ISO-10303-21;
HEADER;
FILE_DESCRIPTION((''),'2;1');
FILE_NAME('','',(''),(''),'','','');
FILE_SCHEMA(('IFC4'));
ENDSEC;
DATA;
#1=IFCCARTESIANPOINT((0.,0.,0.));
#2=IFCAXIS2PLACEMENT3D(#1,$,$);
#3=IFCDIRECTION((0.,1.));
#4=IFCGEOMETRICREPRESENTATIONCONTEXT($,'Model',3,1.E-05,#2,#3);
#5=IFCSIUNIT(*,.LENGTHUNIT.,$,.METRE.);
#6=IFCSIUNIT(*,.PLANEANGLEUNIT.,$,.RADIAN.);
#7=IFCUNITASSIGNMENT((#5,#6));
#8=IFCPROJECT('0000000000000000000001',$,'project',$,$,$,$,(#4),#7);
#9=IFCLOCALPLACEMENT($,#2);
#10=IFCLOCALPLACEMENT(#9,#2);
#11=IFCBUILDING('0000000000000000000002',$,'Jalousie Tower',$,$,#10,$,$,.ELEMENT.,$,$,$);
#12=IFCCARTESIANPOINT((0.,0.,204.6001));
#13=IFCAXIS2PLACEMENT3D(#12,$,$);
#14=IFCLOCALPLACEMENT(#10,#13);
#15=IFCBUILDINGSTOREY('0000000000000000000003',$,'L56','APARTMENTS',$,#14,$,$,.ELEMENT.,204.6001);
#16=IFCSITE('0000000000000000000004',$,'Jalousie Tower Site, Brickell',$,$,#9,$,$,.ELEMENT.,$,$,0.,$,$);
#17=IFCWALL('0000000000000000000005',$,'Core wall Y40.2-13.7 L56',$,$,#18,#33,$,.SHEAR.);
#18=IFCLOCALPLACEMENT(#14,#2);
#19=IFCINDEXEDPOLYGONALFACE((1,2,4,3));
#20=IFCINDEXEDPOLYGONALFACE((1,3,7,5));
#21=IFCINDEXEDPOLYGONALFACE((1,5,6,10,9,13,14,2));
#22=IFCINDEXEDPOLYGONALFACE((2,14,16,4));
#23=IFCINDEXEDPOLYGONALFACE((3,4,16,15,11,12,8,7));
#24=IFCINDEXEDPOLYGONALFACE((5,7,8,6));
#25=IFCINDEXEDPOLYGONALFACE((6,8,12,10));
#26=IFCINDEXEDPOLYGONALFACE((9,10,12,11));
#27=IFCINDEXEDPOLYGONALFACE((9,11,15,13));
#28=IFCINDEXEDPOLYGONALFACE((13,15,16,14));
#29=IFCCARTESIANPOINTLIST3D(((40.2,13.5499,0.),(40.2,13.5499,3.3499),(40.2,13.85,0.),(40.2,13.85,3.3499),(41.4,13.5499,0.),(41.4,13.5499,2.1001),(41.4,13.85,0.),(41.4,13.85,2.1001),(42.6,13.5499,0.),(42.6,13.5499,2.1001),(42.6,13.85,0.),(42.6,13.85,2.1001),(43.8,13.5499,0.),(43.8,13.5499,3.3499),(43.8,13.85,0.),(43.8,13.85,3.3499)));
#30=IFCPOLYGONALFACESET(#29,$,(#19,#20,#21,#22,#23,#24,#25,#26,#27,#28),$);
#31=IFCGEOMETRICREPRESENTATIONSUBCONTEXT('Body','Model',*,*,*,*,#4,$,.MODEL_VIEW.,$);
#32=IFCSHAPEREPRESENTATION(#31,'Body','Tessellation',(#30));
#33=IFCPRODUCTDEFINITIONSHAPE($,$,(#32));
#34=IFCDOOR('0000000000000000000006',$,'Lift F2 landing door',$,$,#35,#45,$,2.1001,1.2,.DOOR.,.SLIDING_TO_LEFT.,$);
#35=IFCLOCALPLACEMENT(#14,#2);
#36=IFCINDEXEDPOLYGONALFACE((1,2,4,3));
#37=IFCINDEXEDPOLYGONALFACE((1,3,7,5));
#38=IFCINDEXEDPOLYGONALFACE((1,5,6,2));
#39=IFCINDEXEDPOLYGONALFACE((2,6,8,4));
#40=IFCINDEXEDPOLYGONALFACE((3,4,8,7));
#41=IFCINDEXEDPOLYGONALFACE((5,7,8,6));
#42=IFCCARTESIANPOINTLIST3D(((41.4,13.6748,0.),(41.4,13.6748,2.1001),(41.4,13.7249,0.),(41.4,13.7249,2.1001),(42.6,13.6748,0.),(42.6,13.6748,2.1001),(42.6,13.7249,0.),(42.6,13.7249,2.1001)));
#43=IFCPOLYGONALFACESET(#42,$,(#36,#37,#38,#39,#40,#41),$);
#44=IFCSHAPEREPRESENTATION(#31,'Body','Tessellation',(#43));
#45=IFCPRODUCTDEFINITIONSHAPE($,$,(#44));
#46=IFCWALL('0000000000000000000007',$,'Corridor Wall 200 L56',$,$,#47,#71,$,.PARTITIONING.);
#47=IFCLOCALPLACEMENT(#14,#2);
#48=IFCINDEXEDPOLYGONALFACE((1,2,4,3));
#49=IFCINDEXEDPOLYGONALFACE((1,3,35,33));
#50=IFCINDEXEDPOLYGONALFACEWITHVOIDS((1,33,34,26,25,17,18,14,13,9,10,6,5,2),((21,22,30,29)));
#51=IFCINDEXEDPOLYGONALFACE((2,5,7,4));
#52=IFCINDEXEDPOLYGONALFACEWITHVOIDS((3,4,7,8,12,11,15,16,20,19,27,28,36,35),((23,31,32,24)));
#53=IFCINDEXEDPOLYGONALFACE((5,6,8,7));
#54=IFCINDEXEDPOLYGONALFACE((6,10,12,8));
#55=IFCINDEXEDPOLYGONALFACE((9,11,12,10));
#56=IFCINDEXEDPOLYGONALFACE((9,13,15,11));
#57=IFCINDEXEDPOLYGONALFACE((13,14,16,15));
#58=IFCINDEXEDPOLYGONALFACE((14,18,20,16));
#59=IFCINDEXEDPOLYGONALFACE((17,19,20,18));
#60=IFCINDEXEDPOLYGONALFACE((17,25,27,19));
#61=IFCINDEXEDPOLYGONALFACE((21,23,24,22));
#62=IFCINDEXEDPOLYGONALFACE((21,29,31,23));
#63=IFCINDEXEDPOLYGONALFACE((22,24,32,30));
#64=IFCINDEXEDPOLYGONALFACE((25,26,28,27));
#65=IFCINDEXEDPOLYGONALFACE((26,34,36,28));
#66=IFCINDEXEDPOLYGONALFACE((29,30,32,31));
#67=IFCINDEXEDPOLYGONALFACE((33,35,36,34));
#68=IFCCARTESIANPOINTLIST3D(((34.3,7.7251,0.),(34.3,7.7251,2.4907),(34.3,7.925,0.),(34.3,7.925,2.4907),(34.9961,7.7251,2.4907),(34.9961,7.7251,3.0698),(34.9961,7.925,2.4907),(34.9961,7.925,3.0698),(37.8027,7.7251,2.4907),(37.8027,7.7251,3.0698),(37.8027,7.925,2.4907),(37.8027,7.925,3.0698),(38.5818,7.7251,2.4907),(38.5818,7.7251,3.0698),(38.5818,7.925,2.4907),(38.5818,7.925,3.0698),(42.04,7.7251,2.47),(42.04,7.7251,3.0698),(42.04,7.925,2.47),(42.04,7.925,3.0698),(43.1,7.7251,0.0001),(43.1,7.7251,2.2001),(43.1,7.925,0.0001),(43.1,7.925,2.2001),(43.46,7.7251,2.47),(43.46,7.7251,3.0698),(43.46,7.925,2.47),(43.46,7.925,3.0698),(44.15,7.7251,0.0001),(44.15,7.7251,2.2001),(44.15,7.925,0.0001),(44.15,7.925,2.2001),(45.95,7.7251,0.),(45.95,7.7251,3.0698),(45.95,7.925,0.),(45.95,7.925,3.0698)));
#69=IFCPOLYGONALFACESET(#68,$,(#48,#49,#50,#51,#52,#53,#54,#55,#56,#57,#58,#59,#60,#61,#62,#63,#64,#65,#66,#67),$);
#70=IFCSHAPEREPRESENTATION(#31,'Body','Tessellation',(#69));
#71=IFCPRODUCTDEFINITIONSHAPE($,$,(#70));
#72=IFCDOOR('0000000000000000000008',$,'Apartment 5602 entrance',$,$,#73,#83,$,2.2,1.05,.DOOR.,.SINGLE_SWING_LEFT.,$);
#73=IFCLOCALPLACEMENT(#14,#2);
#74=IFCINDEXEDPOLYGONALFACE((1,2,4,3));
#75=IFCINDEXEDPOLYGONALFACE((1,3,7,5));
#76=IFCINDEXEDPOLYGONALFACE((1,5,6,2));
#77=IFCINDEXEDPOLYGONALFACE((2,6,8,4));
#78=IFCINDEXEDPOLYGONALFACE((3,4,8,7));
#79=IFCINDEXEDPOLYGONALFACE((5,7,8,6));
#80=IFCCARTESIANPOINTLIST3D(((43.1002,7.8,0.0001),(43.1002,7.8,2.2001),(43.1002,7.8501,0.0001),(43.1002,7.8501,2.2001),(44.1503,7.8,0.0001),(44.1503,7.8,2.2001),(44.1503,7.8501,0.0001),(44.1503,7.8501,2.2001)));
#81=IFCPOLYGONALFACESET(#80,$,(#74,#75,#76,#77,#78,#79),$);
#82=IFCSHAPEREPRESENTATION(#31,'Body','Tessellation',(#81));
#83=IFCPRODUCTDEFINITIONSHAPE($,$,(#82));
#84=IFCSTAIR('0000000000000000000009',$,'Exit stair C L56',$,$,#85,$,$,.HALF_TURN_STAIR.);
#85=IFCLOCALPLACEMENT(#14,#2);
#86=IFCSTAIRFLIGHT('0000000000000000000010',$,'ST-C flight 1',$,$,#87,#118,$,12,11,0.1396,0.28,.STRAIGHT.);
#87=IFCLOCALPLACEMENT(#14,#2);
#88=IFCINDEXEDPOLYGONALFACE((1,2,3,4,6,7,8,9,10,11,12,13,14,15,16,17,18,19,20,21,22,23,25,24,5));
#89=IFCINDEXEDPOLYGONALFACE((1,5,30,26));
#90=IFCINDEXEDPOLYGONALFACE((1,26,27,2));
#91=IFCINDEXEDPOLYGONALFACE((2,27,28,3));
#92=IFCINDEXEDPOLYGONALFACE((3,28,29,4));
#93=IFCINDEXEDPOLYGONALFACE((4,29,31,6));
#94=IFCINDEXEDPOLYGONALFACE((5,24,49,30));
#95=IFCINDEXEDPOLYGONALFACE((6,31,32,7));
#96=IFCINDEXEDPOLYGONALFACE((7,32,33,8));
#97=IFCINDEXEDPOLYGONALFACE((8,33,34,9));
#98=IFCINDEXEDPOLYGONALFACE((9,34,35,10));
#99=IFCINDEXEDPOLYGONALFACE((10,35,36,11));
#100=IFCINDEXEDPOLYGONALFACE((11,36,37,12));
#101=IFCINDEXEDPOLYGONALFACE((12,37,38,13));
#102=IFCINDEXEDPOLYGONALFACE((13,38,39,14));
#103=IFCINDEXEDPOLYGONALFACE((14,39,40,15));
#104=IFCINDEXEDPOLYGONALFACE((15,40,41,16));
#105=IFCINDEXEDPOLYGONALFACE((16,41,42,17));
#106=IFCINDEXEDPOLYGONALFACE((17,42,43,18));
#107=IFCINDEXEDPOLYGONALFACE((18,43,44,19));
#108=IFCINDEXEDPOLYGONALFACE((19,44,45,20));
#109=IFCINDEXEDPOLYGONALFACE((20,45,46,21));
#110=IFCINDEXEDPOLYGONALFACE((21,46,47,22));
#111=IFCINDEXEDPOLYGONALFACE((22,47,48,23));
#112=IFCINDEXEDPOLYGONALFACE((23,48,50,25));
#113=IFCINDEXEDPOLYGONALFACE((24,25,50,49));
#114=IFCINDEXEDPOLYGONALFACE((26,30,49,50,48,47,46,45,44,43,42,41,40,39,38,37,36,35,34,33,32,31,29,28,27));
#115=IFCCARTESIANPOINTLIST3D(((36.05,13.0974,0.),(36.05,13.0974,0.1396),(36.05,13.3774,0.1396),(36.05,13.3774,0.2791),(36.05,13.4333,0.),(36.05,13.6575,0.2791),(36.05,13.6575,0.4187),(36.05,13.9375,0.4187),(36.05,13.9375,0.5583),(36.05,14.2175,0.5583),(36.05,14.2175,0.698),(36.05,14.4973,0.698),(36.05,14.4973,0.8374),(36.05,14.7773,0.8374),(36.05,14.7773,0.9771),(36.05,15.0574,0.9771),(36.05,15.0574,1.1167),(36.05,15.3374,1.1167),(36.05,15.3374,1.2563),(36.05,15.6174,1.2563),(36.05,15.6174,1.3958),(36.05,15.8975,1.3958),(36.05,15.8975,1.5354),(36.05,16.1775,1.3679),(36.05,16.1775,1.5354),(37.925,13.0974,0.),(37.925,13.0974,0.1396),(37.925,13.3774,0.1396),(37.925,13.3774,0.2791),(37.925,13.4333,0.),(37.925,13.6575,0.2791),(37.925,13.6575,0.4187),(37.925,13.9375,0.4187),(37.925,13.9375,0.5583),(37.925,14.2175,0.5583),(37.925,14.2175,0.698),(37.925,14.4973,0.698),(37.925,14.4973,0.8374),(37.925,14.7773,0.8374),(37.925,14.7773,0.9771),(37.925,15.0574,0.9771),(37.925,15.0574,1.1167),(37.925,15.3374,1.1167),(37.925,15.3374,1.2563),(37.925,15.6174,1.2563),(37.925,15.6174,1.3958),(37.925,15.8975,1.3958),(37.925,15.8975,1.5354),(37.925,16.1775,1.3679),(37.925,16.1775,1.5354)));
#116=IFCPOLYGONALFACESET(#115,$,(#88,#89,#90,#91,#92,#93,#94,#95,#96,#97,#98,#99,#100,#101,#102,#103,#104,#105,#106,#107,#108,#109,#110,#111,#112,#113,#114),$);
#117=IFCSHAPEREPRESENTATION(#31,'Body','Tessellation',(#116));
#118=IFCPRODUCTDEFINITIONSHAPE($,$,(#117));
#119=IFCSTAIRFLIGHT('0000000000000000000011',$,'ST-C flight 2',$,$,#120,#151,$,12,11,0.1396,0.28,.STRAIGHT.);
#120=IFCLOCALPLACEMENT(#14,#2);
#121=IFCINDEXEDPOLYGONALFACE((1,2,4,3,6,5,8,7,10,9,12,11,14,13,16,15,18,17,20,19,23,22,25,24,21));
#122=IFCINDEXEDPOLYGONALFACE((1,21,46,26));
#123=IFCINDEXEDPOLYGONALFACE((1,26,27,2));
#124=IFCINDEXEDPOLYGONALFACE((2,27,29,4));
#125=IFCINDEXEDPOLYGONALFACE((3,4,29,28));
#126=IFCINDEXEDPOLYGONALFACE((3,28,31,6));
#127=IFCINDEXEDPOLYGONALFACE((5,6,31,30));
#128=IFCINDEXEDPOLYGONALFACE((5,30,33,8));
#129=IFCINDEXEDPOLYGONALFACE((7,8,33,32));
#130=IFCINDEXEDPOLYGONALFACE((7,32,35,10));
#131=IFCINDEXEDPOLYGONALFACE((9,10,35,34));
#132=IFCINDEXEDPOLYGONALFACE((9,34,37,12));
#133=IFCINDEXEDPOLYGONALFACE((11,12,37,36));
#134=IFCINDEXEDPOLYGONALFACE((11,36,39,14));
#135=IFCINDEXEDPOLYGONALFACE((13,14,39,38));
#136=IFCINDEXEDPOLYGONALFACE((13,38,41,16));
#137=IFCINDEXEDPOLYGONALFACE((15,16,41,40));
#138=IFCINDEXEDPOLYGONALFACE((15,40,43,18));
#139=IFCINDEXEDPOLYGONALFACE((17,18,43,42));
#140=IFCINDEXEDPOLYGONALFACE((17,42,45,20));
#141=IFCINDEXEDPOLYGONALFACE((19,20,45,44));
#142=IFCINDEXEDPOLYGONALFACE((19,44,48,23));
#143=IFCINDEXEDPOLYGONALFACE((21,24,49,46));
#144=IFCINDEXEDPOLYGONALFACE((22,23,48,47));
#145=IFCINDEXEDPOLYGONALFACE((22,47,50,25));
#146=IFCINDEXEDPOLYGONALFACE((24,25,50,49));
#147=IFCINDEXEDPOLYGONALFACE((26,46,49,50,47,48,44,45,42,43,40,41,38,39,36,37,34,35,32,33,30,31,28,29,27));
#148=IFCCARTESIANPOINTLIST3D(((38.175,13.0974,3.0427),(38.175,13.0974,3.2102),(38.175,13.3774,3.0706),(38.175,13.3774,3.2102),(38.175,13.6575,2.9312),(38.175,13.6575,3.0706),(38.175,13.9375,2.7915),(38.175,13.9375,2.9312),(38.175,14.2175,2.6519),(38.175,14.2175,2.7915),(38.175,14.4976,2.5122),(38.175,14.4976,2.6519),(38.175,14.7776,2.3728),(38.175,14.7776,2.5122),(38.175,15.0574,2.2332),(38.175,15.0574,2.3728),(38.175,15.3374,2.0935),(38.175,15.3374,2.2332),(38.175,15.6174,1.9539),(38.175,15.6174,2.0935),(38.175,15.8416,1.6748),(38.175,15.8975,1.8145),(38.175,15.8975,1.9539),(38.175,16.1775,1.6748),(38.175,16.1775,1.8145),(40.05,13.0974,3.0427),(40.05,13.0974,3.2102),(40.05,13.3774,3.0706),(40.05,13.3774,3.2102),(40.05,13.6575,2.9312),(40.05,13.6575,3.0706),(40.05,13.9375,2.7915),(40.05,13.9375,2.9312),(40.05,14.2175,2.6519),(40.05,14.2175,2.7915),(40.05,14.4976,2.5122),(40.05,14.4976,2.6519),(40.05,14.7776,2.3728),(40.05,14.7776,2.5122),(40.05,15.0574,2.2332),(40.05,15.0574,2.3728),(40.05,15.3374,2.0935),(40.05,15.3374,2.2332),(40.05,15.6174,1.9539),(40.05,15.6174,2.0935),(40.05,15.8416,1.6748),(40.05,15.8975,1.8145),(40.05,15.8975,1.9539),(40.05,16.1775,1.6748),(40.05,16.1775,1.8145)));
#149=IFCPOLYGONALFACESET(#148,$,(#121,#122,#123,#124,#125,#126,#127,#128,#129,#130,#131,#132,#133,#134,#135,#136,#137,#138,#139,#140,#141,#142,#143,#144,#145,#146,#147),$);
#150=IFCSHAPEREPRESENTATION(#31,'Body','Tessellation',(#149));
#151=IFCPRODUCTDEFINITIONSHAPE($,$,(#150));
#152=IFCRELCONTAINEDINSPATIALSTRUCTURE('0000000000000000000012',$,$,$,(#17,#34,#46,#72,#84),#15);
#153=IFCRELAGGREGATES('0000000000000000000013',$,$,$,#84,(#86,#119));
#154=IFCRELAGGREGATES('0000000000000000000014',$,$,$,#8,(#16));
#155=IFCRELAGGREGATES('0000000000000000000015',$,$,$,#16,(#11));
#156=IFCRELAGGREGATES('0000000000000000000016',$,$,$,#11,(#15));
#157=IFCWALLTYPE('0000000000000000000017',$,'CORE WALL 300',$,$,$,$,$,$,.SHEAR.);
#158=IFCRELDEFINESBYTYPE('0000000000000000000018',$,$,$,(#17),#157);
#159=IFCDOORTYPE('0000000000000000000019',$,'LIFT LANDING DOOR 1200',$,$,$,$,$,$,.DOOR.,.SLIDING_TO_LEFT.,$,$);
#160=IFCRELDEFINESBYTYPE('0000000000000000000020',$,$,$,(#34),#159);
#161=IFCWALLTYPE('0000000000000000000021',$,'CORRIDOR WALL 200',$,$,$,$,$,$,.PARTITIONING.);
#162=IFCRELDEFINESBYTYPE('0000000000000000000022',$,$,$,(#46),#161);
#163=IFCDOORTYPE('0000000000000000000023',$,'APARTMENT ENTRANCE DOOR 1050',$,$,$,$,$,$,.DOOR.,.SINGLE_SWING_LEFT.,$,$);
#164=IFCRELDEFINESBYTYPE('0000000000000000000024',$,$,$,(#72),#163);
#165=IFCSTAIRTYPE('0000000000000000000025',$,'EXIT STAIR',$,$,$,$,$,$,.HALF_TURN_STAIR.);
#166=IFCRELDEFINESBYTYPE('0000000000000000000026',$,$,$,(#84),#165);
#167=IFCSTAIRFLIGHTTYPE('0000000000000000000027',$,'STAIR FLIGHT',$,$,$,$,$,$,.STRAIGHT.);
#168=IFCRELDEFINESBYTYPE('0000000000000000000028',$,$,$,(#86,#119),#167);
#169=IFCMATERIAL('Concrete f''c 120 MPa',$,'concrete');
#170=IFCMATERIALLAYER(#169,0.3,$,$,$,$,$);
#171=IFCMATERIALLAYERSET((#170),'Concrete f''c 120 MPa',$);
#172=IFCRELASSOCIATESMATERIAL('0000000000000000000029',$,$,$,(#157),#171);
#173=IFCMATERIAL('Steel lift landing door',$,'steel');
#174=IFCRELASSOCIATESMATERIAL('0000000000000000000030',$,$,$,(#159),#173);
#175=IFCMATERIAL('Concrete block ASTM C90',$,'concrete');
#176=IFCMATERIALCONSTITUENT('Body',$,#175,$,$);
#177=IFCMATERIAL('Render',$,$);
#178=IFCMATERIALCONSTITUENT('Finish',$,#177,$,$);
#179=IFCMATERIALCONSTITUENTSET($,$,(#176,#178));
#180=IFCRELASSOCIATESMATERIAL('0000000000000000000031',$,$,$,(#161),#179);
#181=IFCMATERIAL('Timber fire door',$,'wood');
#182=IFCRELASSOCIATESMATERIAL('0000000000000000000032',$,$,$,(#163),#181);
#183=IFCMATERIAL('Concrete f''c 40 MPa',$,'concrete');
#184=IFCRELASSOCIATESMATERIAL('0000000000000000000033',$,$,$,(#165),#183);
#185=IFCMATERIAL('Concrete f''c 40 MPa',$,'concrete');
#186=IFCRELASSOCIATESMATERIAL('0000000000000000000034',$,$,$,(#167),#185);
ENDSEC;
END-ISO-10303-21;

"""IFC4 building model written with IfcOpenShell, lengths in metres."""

from ifc_helpers import new_model, si_unit, direction, frame, frame_2d, origin, place, context, subcontext, project, spatial, polyline, rectangle, outline, extrude, material, layer, layer_set, constituent, constituent_set, type_object, element, fill, aggregate, save


model = new_model("IFC4")

# Units and contexts
model_context = context("Model", 3, precision=1e-05, world=origin(), true_north=direction((0.0, 1.0)))
body_context = subcontext(model_context, "Body", "Model", "MODEL_VIEW")
ifc_project = project(units=[si_unit("LENGTHUNIT", "METRE"), si_unit("PLANEANGLEUNIT", "RADIAN")], contexts=[model_context])

# Site, building, storey
site_placement = place(None, origin())
site = spatial("IfcSite", under=ifc_project, at=site_placement, Name="Jalousie Tower Site, Brickell", CompositionType="ELEMENT", RefElevation=0.0)
building_placement = place(site_placement, origin())
building = spatial("IfcBuilding", under=site, at=building_placement, Name="Jalousie Tower", CompositionType="ELEMENT")
storey_placement = place(building_placement, frame((0.0, 0.0, 204.6001)))
storey = spatial("IfcBuildingStorey", under=building, at=storey_placement, Name="L56", Description="APARTMENTS", CompositionType="ELEMENT", Elevation=204.6001)

# Shared definitions
ifc_material_1 = material(Name="Concrete f'c 120 MPa", Category="concrete")
ifc_layer_1 = layer(ifc_material_1, 0.3)
ifc_layer_set_1 = layer_set([ifc_layer_1], Name="Concrete f'c 120 MPa")
wall_type_1 = type_object("IfcWallType", Name="CORE WALL 300", PredefinedType="SHEAR", material=ifc_layer_set_1)

# Walls, openings, doors
wall_1_placement = place(storey_placement, frame((40.2, 13.7, 0.0), z_axis=(0.0, 0.0, 1.0), x_axis=(1.0, 0.0, 0.0)))
wall_1 = element("IfcWall", 1, at=wall_1_placement, inside=storey, type_object=wall_type_1, Name="Core wall Y40.2-13.7 L56", PredefinedType="SHEAR", context=body_context, shape_type="SweptSolid", body=[
    extrude(rectangle(XDim=3.6001, YDim=0.3, at=frame_2d((1.8, 0.0))), origin(), (0.0, 0.0, 1.0), 3.3499),
])
opening_1_placement = place(wall_1_placement, frame((1.2, 0.0, 0.0)))
opening_1 = element("IfcOpeningElement", 2, at=opening_1_placement, cuts=wall_1, PredefinedType="OPENING", context=body_context, shape_type="SweptSolid", body=[
    extrude(rectangle(XDim=1.2, YDim=2.1001, at=frame_2d((0.6001, 1.05))), frame((0.0, 0.1599, 0.0), z_axis=(0.0, -1.0, 0.0), x_axis=(1.0, 0.0, 0.0)), (0.0, 0.0, 1.0), 0.3201),
])
ifc_material_2 = material(Name="Steel lift landing door", Category="steel")
door_type_1 = type_object("IfcDoorType", Name="LIFT LANDING DOOR 1200", OperationType="SLIDING_TO_LEFT", PredefinedType="DOOR", material=ifc_material_2)
door_1_placement = place(opening_1_placement, origin())
door_1 = element("IfcDoor", 3, at=door_1_placement, inside=storey, type_object=door_type_1, Name="Lift F2 landing door", OperationType="SLIDING_TO_LEFT", OverallHeight=2.1001, OverallWidth=1.2, PredefinedType="DOOR", context=body_context, shape_type="SweptSolid", body=[
    extrude(rectangle(XDim=1.2, YDim=2.1001, at=frame_2d((0.6001, 1.05))), frame((0.0, 0.0249, 0.0), z_axis=(0.0, -1.0, 0.0), x_axis=(1.0, 0.0, 0.0)), (0.0, 0.0, 1.0), 0.05),
])
fill(opening_1, door_1)
ifc_material_3 = material(Name="Concrete block ASTM C90", Category="concrete")
ifc_constituent_1 = constituent(ifc_material_3, Name="Body")
ifc_material_4 = material(Name="Render")
ifc_constituent_2 = constituent(ifc_material_4, Name="Finish")
ifc_constituent_set_1 = constituent_set(constituents=[ifc_constituent_1, ifc_constituent_2])
wall_type_2 = type_object("IfcWallType", Name="CORRIDOR WALL 200", PredefinedType="PARTITIONING", material=ifc_constituent_set_1)
wall_2_placement = place(storey_placement, frame((34.3, 7.825, 0.0), z_axis=(0.0, 0.0, 1.0), x_axis=(1.0, 0.0, 0.0)))
wall_2 = element("IfcWall", 4, at=wall_2_placement, inside=storey, type_object=wall_type_2, Name="Corridor Wall 200 L56", PredefinedType="PARTITIONING", context=body_context, shape_type="SweptSolid", body=[
    extrude(outline(polyline([(0.0, 0.0), (11.6499, 0.0), (11.6499, 3.0698), (9.1599, 3.0698), (9.1599, 2.47), (7.74, 2.47), (7.74, 3.0698), (4.2817, 3.0698), (4.2817, 2.4907), (3.5027, 2.4907), (3.5027, 3.0698), (0.696, 3.0698), (0.696, 2.4907), (0.0, 2.4907), (0.0, 0.0)])), frame((0.0, 0.1001, 0.0), z_axis=(0.0, -1.0, 0.0), x_axis=(1.0, 0.0, 0.0)), (0.0, 0.0, 1.0), 0.2),
])
opening_2_placement = place(wall_2_placement, frame((8.8, 0.0, 0.0)))
opening_2 = element("IfcOpeningElement", 5, at=opening_2_placement, cuts=wall_2, PredefinedType="OPENING", context=body_context, shape_type="SweptSolid", body=[
    extrude(rectangle(XDim=1.05, YDim=2.2, at=frame_2d((0.5249, 1.1001))), frame((0.0, 0.1099, 0.0), z_axis=(0.0, -1.0, 0.0), x_axis=(1.0, 0.0, 0.0)), (0.0, 0.0, 1.0), 0.22),
])
ifc_material_5 = material(Name="Timber fire door", Category="wood")
door_type_2 = type_object("IfcDoorType", Name="APARTMENT ENTRANCE DOOR 1050", OperationType="SINGLE_SWING_LEFT", PredefinedType="DOOR", material=ifc_material_5)
door_2_placement = place(opening_2_placement, frame((1.05, 0.0, 0.0), z_axis=(0.0, 0.0, 1.0), x_axis=(-1.0, 0.0, 0.0)))
door_2 = element("IfcDoor", 6, at=door_2_placement, inside=storey, type_object=door_type_2, Name="Apartment 5602 entrance", OperationType="SINGLE_SWING_LEFT", OverallHeight=2.2, OverallWidth=1.05, PredefinedType="DOOR", context=body_context, shape_type="SweptSolid", body=[
    extrude(rectangle(XDim=1.05, YDim=2.2, at=frame_2d((0.5249, 1.1001))), frame((0.0, 0.0249, 0.0), z_axis=(0.0, -1.0, 0.0), x_axis=(1.0, 0.0, 0.0)), (0.0, 0.0, 1.0), 0.05),
])
fill(opening_2, door_2)

# Stair, stair flights
ifc_material_6 = material(Name="Concrete f'c 40 MPa", Category="concrete")
stair_type = type_object("IfcStairType", Name="EXIT STAIR", PredefinedType="HALF_TURN_STAIR", material=ifc_material_6)
stair_placement = place(storey_placement, origin())
stair = element("IfcStair", 7, at=stair_placement, inside=storey, type_object=stair_type, Name="Exit stair C L56", PredefinedType="HALF_TURN_STAIR")
ifc_material_7 = material(Name="Concrete f'c 40 MPa", Category="concrete")
stair_flight_type = type_object("IfcStairFlightType", Name="STAIR FLIGHT", PredefinedType="STRAIGHT", material=ifc_material_7)
stair_flight_1_placement = place(storey_placement, frame((36.9875, 13.0974, 0.0), z_axis=(0.0, 0.0, 1.0), x_axis=(0.0, 1.0, 0.0)))
stair_flight_1 = element("IfcStairFlight", 8, at=stair_flight_1_placement, type_object=stair_flight_type, Name="ST-C flight 1", NumberOfRisers=12, NumberOfTreads=11, PredefinedType="STRAIGHT", RiserHeight=0.1396, TreadLength=0.28, context=body_context, shape_type="SweptSolid", body=[
    extrude(outline(polyline([(0.0, 0.0), (0.0, 0.1396), (0.28, 0.1396), (0.28, 0.2791), (0.5601, 0.2791), (0.5601, 0.4187), (0.8401, 0.4187), (0.8401, 0.5583), (1.1201, 0.5583), (1.1201, 0.698), (1.3999, 0.698), (1.3999, 0.8374), (1.6799, 0.8374), (1.6799, 0.9771), (1.96, 0.9771), (1.96, 1.1167), (2.24, 1.1167), (2.24, 1.2563), (2.52, 1.2563), (2.52, 1.3958), (2.8, 1.3958), (2.8, 1.5354), (3.0801, 1.5354), (3.0801, 1.675), (3.0801, 1.3679), (0.3359, 0.0), (0.0, 0.0)])), frame((0.0, 0.9375, 0.0), z_axis=(0.0, -1.0, 0.0), x_axis=(1.0, 0.0, 0.0)), (0.0, 0.0, 1.0), 1.875),
])
stair_flight_2_placement = place(storey_placement, frame((39.1125, 16.1775, 1.6748), z_axis=(0.0, 0.0, 1.0), x_axis=(0.0, -1.0, 0.0)))
stair_flight_2 = element("IfcStairFlight", 9, at=stair_flight_2_placement, type_object=stair_flight_type, Name="ST-C flight 2", NumberOfRisers=12, NumberOfTreads=11, PredefinedType="STRAIGHT", RiserHeight=0.1396, TreadLength=0.28, context=body_context, shape_type="SweptSolid", body=[
    extrude(outline(polyline([(0.0, 0.0), (0.0, 0.1396), (0.28, 0.1396), (0.28, 0.2791), (0.5601, 0.2791), (0.5601, 0.4187), (0.8401, 0.4187), (0.8401, 0.5583), (1.1201, 0.5583), (1.1201, 0.698), (1.3999, 0.698), (1.3999, 0.8374), (1.6799, 0.8374), (1.6799, 0.9771), (1.96, 0.9771), (1.96, 1.1167), (2.24, 1.1167), (2.24, 1.2563), (2.52, 1.2563), (2.52, 1.3958), (2.8, 1.3958), (2.8, 1.5354), (3.0801, 1.5354), (3.0801, 1.675), (3.0801, 1.3679), (0.3359, 0.0), (0.0, 0.0)])), frame((0.0, 0.9375, 0.0), z_axis=(0.0, -1.0, 0.0), x_axis=(1.0, 0.0, 0.0)), (0.0, 0.0, 1.0), 1.875),
])
aggregate(stair, [stair_flight_1, stair_flight_2])

save(model, "model.ifc")
